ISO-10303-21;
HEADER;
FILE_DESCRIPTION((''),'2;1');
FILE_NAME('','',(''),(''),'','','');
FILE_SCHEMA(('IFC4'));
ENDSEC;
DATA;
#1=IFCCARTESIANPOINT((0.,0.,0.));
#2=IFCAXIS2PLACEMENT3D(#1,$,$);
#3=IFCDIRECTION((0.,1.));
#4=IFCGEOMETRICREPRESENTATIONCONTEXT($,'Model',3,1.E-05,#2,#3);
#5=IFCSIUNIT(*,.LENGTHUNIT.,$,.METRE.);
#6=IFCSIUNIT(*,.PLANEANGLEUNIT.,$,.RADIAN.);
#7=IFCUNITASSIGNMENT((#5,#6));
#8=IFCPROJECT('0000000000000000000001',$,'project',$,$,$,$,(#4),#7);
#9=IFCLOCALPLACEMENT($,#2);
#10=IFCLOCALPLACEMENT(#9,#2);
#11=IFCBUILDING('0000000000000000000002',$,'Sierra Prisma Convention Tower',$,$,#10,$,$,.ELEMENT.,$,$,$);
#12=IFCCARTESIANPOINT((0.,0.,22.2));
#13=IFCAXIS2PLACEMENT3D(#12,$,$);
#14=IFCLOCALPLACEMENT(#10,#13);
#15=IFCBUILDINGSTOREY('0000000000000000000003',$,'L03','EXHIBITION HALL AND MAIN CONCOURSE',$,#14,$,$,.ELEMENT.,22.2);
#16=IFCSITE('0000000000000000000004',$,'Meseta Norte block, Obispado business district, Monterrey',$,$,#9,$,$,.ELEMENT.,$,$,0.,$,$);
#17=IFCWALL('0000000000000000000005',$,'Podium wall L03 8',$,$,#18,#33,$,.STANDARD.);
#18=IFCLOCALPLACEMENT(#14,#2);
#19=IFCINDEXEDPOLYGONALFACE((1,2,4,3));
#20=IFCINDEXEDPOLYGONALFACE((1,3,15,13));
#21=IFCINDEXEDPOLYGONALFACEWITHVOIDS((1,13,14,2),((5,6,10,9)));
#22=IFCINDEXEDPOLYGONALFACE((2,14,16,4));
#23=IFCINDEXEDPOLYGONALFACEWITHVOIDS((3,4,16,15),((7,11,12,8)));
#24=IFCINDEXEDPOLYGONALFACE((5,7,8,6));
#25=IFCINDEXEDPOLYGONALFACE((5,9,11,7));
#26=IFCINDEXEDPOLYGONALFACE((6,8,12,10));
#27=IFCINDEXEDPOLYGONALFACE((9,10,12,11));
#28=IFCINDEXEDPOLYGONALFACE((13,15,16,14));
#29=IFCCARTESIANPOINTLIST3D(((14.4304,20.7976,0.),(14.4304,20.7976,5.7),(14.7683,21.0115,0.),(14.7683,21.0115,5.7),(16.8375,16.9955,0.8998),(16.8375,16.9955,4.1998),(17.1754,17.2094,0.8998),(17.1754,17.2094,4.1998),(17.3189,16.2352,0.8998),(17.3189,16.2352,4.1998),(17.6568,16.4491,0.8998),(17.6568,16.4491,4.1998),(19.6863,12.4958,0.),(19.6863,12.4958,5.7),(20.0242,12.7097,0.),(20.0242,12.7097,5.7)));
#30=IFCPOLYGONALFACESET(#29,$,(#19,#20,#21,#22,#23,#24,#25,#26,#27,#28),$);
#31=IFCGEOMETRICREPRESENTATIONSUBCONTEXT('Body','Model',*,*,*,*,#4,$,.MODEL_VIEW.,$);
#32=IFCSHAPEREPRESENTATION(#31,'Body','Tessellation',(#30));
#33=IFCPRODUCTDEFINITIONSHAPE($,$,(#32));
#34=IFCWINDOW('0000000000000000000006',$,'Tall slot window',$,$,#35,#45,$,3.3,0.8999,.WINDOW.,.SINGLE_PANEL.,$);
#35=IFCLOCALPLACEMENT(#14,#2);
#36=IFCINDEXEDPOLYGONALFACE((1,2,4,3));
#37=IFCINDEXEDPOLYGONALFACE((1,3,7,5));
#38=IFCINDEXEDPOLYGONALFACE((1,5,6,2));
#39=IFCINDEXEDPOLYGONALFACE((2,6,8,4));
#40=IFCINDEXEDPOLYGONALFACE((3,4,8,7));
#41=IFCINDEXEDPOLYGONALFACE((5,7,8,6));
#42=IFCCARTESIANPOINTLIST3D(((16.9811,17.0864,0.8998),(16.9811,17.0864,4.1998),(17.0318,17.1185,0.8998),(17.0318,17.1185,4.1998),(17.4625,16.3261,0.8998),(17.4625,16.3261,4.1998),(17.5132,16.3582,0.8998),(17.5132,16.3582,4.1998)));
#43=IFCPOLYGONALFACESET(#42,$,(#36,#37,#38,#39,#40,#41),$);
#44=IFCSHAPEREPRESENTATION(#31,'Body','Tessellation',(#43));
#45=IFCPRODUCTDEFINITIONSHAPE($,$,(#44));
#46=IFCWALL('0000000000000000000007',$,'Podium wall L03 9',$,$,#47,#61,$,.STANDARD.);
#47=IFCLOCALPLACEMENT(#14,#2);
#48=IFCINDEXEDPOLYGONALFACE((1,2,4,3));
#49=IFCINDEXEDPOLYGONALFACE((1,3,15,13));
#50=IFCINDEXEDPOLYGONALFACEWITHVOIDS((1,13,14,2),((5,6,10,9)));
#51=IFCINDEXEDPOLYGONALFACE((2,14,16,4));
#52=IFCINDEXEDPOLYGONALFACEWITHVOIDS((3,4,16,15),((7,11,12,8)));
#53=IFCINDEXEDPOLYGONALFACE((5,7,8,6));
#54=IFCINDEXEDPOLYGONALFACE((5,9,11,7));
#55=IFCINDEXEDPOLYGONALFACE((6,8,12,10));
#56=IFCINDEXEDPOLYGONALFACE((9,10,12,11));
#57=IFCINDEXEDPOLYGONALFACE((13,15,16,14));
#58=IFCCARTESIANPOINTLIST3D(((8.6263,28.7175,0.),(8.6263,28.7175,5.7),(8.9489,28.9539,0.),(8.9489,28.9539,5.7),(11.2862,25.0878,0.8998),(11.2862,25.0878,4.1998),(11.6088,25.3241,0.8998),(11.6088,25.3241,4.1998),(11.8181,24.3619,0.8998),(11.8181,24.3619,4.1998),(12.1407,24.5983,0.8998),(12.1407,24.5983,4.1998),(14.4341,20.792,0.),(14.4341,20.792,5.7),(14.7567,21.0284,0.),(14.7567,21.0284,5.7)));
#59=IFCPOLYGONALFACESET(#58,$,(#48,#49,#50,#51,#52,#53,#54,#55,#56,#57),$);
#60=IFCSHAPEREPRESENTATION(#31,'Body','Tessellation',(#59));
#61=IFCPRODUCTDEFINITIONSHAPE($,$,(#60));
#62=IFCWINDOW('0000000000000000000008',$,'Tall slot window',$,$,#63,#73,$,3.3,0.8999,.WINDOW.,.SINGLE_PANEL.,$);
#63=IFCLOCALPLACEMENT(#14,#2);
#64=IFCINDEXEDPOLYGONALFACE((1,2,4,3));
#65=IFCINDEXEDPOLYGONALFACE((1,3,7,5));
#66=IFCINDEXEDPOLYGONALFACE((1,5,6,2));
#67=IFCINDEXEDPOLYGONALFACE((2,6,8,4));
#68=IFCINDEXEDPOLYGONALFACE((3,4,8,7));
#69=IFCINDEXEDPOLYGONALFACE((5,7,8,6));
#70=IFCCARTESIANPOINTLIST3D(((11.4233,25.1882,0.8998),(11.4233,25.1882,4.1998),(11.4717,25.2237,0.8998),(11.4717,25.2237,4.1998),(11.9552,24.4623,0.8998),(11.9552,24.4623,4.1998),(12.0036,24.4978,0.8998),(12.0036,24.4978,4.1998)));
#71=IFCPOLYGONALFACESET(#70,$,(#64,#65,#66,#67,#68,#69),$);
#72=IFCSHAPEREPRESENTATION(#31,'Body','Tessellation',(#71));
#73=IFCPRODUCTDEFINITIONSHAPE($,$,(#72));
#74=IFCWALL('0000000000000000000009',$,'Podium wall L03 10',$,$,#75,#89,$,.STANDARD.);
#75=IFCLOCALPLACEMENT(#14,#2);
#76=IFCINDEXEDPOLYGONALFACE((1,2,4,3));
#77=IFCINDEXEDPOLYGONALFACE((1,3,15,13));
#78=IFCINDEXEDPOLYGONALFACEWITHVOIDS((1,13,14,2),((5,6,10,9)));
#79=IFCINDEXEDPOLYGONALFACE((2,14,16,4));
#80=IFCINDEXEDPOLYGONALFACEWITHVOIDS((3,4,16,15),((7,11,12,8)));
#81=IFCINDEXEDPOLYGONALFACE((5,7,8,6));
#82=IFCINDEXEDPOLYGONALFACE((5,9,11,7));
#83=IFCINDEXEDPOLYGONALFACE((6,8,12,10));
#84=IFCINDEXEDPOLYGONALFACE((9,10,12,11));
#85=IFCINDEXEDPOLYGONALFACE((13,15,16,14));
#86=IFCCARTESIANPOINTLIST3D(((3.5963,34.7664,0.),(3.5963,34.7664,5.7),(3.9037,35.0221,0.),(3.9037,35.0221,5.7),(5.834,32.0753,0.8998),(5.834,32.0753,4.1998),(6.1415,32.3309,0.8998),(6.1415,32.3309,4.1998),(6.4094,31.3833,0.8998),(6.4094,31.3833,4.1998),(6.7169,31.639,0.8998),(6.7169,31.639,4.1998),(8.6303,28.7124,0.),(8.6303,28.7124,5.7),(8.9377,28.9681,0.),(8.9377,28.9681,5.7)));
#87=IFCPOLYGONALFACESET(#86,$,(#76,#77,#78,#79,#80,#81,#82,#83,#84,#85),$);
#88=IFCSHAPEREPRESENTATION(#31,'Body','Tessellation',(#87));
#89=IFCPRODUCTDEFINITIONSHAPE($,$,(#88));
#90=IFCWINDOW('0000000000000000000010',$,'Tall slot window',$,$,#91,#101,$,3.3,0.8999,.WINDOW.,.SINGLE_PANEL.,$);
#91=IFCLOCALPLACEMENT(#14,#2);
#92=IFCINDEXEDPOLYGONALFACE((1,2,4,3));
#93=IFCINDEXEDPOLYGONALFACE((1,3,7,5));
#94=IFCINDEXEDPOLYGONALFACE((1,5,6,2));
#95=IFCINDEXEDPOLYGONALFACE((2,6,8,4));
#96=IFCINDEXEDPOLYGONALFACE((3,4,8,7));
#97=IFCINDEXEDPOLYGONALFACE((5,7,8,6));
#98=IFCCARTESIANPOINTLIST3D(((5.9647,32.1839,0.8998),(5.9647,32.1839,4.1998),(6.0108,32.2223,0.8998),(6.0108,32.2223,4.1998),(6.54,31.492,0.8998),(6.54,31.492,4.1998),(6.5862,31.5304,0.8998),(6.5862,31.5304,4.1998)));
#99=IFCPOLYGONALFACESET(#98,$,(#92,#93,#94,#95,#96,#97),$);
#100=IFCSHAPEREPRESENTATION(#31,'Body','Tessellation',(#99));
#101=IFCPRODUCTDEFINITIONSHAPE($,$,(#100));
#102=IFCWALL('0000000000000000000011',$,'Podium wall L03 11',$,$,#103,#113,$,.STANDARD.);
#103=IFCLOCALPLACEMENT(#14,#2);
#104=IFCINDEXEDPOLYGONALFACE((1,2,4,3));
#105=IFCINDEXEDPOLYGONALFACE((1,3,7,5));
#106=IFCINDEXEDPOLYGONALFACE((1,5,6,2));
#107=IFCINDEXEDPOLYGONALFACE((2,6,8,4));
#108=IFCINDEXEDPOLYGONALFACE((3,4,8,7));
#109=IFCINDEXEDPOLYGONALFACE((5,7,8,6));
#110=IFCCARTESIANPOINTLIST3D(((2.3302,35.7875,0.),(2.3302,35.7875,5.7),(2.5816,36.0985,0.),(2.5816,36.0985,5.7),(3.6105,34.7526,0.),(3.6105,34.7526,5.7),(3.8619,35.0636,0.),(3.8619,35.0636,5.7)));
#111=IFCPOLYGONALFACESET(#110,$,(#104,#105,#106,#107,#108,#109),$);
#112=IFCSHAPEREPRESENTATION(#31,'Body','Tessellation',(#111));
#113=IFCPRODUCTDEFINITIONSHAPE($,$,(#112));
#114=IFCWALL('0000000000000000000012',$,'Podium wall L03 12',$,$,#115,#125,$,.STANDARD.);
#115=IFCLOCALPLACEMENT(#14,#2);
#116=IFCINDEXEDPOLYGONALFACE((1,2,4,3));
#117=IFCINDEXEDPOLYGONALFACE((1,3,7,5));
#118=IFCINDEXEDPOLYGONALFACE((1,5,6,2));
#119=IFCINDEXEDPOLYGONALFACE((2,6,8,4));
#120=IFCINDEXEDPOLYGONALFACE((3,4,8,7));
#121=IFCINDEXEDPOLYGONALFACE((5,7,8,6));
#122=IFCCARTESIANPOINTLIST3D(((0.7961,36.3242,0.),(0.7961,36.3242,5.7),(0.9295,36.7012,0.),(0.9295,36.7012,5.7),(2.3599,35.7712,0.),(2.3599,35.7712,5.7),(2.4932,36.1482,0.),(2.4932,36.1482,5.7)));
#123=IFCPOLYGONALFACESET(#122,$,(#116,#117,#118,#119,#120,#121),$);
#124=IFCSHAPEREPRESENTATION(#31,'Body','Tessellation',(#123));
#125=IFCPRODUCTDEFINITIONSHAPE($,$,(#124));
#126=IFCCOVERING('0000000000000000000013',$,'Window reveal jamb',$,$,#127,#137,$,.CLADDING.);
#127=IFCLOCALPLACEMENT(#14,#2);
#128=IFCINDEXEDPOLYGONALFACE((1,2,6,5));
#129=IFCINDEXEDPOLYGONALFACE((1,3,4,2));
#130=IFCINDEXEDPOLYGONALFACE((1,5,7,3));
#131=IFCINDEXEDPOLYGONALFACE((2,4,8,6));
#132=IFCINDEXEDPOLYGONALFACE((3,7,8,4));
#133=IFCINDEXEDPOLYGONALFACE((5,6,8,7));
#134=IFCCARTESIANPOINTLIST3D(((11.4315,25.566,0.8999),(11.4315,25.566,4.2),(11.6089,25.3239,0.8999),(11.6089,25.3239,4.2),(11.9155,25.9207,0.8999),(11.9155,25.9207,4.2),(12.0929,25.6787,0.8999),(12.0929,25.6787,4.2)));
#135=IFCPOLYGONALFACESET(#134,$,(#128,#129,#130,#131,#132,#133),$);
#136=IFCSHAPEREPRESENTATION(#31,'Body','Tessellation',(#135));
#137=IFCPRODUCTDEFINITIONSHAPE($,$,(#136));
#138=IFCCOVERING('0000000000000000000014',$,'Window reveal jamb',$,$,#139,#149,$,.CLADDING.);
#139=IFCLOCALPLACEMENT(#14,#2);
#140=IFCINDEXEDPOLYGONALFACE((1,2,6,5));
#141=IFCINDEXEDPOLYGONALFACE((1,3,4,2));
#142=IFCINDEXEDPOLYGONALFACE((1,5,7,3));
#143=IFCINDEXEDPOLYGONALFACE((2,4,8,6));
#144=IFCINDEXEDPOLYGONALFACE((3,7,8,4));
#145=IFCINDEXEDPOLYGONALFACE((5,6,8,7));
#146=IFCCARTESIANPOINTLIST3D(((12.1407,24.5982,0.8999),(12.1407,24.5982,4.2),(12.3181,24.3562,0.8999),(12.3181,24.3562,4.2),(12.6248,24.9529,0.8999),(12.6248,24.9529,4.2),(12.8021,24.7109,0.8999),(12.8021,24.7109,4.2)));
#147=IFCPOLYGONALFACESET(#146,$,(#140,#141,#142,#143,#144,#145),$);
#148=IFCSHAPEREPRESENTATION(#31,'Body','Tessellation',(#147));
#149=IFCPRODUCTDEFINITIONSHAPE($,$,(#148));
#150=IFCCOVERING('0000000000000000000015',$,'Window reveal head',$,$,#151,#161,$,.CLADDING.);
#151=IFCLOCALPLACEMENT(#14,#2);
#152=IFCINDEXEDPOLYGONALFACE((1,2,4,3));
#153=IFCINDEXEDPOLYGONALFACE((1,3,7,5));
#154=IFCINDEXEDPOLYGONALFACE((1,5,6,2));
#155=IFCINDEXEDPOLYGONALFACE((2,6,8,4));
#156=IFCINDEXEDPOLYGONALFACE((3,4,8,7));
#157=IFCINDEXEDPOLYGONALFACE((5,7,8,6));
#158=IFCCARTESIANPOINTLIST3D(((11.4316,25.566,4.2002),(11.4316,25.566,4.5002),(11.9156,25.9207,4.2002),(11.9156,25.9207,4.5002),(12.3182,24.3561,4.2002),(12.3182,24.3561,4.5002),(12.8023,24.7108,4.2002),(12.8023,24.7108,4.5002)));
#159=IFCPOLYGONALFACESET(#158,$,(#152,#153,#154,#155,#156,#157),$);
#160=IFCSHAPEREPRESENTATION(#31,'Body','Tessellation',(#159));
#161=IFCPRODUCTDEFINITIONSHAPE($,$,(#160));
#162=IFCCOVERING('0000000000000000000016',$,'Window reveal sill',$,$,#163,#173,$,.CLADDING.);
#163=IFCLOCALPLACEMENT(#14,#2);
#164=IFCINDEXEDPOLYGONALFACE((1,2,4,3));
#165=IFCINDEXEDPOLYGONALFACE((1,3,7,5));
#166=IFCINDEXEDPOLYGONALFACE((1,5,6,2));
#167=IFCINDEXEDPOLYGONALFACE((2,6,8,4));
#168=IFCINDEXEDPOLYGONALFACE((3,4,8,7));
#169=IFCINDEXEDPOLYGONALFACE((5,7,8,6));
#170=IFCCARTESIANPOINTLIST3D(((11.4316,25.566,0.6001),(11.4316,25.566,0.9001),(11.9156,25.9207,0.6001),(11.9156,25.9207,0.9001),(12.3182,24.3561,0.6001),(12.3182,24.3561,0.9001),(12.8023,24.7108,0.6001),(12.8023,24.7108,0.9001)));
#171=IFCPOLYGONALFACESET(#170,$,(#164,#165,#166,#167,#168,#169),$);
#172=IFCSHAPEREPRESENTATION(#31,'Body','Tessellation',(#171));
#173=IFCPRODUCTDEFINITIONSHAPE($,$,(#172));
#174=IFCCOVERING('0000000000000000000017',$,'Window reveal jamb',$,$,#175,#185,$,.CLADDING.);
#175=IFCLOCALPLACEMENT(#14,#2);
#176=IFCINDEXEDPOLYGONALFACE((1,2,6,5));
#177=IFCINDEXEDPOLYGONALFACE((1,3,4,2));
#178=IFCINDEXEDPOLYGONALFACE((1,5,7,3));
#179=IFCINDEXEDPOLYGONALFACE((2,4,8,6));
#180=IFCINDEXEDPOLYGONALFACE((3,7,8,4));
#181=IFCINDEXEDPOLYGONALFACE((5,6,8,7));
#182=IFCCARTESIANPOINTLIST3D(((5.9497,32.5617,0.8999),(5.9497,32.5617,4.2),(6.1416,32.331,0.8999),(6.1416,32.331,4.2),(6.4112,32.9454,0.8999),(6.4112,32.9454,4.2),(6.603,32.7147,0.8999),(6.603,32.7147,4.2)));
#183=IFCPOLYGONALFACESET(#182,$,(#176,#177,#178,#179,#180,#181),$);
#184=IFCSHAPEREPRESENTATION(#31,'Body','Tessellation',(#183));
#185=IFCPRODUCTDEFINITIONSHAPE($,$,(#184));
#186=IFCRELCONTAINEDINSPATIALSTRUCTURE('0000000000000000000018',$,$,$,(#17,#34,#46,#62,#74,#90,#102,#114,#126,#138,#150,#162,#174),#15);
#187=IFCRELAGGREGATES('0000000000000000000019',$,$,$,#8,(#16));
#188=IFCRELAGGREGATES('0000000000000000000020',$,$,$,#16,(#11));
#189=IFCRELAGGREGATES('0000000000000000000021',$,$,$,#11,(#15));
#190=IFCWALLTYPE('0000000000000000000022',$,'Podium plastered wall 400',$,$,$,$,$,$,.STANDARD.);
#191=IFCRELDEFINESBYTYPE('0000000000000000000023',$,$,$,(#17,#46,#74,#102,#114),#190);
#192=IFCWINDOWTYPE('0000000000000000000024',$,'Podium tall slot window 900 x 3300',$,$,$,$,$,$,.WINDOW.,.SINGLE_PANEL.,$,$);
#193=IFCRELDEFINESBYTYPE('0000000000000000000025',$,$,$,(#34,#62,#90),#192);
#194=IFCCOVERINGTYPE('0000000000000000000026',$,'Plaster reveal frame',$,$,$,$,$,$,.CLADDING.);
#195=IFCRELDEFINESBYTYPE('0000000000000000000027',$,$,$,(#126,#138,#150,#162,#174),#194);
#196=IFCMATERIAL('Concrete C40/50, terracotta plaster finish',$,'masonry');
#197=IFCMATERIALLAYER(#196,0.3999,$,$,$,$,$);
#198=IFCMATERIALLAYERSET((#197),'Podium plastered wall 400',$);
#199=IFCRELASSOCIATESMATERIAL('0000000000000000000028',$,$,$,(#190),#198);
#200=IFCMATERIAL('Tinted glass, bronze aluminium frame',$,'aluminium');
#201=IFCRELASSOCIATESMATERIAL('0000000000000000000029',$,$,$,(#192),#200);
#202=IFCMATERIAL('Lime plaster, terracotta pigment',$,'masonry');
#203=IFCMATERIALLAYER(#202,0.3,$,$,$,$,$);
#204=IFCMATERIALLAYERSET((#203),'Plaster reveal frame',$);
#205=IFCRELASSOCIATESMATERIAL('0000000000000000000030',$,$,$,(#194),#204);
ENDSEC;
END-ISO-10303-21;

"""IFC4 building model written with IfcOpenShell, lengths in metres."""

from ifc_helpers import new_model, si_unit, direction, frame, frame_2d, origin, origin_2d, place, context, subcontext, project, spatial, rectangle, extrude, material, layer, layer_set, type_object, element, fill, save


model = new_model("IFC4")

# Units and contexts
model_context = context("Model", 3, precision=1e-05, world=origin(), true_north=direction((0.0, 1.0)))
body_context = subcontext(model_context, "Body", "Model", "MODEL_VIEW")
ifc_project = project(units=[si_unit("LENGTHUNIT", "METRE"), si_unit("PLANEANGLEUNIT", "RADIAN")], contexts=[model_context])

# Site, building, storey
site_placement = place(None, origin())
site = spatial("IfcSite", under=ifc_project, at=site_placement, Name="Meseta Norte block, Obispado business district, Monterrey", CompositionType="ELEMENT", RefElevation=0.0)
building_placement = place(site_placement, origin())
building = spatial("IfcBuilding", under=site, at=building_placement, Name="Sierra Prisma Convention Tower", CompositionType="ELEMENT")
storey_placement = place(building_placement, frame((0.0, 0.0, 22.2)))
storey = spatial("IfcBuildingStorey", under=building, at=storey_placement, Name="L03", Description="EXHIBITION HALL AND MAIN CONCOURSE", CompositionType="ELEMENT", Elevation=22.2)

# Walls, openings, windows
ifc_material_1 = material(Name="Concrete C40/50, terracotta plaster finish", Category="masonry")
ifc_layer_1 = layer(ifc_material_1, 0.3999)
ifc_layer_set_1 = layer_set([ifc_layer_1], Name="Podium plastered wall 400")
wall_type_1 = type_object("IfcWallType", Name="Podium plastered wall 400", PredefinedType="STANDARD", material=ifc_layer_set_1)
wall_1_placement = place(storey_placement, frame((14.5994, 20.9045, 0.0), z_axis=(0.0, 0.0, 1.0), x_axis=(0.534913, -0.844907, 0.0)))
wall_1 = element("IfcWall", 1, at=wall_1_placement, inside=storey, type_object=wall_type_1, Name="Podium wall L03 8", PredefinedType="STANDARD", context=body_context, shape_type="SweptSolid", body=[
    extrude(rectangle(XDim=9.8257, YDim=0.3999, at=frame_2d((4.9128, 0.0))), origin(), (0.0, 0.0, 1.0), 5.7),
])
opening_1_placement = place(wall_1_placement, frame((4.5, 0.0, 0.8999)))
opening_1 = element("IfcOpeningElement", 2, at=opening_1_placement, cuts=wall_1, PredefinedType="OPENING", context=body_context, shape_type="SweptSolid", body=[
    extrude(rectangle(XDim=0.8999, YDim=3.3, at=frame_2d((0.45, 1.6499))), frame((0.0, 0.2, 0.0), z_axis=(0.0, -1.0, 0.0), x_axis=(1.0, 0.0, 0.0)), (0.0, 0.0, 1.0), 0.3999),
])
ifc_material_2 = material(Name="Tinted glass, bronze aluminium frame", Category="aluminium")
window_type = type_object("IfcWindowType", Name="Podium tall slot window 900 x 3300", PartitioningType="SINGLE_PANEL", PredefinedType="WINDOW", material=ifc_material_2)
window_1_placement = place(opening_1_placement, origin())
window_1 = element("IfcWindow", 3, at=window_1_placement, inside=storey, type_object=window_type, Name="Tall slot window", OverallHeight=3.3, OverallWidth=0.8999, PartitioningType="SINGLE_PANEL", PredefinedType="WINDOW", context=body_context, shape_type="SweptSolid", body=[
    extrude(rectangle(XDim=0.8999, YDim=3.3, at=frame_2d((0.45, 1.6499))), frame((0.0, 0.03, 0.0), z_axis=(0.0, -1.0, 0.0), x_axis=(1.0, 0.0, 0.0)), (0.0, 0.0, 1.0), 0.0601),
])
fill(opening_1, window_1)
wall_2_placement = place(storey_placement, frame((8.7876, 28.8357, 0.0), z_axis=(0.0, 0.0, 1.0), x_axis=(0.591086, -0.806609, 0.0)))
wall_2 = element("IfcWall", 4, at=wall_2_placement, inside=storey, type_object=wall_type_1, Name="Podium wall L03 9", PredefinedType="STANDARD", context=body_context, shape_type="SweptSolid", body=[
    extrude(rectangle(XDim=9.8257, YDim=0.3999, at=frame_2d((4.9128, 0.0))), origin(), (0.0, 0.0, 1.0), 5.7),
])
opening_2_placement = place(wall_2_placement, frame((4.5, 0.0, 0.8999)))
opening_2 = element("IfcOpeningElement", 5, at=opening_2_placement, cuts=wall_2, PredefinedType="OPENING", context=body_context, shape_type="SweptSolid", body=[
    extrude(rectangle(XDim=0.8999, YDim=3.3, at=frame_2d((0.45, 1.6499))), frame((0.0, 0.2, 0.0), z_axis=(0.0, -1.0, 0.0), x_axis=(1.0, 0.0, 0.0)), (0.0, 0.0, 1.0), 0.3999),
])
window_2_placement = place(opening_2_placement, origin())
window_2 = element("IfcWindow", 6, at=window_2_placement, inside=storey, type_object=window_type, Name="Tall slot window", OverallHeight=3.3, OverallWidth=0.8999, PartitioningType="SINGLE_PANEL", PredefinedType="WINDOW", context=body_context, shape_type="SweptSolid", body=[
    extrude(rectangle(XDim=0.8999, YDim=3.3, at=frame_2d((0.45, 1.6499))), frame((0.0, 0.03, 0.0), z_axis=(0.0, -1.0, 0.0), x_axis=(1.0, 0.0, 0.0)), (0.0, 0.0, 1.0), 0.0601),
])
fill(opening_2, window_2)
wall_3_placement = place(storey_placement, frame((3.75, 34.8943, 0.0), z_axis=(0.0, 0.0, 1.0), x_axis=(0.639357, -0.76891, 0.0)))
wall_3 = element("IfcWall", 7, at=wall_3_placement, inside=storey, type_object=wall_type_1, Name="Podium wall L03 10", PredefinedType="STANDARD", context=body_context, shape_type="SweptSolid", body=[
    extrude(rectangle(XDim=7.8735, YDim=0.3999, at=frame_2d((3.9368, 0.0))), origin(), (0.0, 0.0, 1.0), 5.7),
])
opening_3_placement = place(wall_3_placement, frame((3.5, 0.0, 0.8999)))
opening_3 = element("IfcOpeningElement", 8, at=opening_3_placement, cuts=wall_3, PredefinedType="OPENING", context=body_context, shape_type="SweptSolid", body=[
    extrude(rectangle(XDim=0.8999, YDim=3.3, at=frame_2d((0.45, 1.6499))), frame((0.0, 0.2, 0.0), z_axis=(0.0, -1.0, 0.0), x_axis=(1.0, 0.0, 0.0)), (0.0, 0.0, 1.0), 0.3999),
])
window_3_placement = place(opening_3_placement, origin())
window_3 = element("IfcWindow", 9, at=window_3_placement, inside=storey, type_object=window_type, Name="Tall slot window", OverallHeight=3.3, OverallWidth=0.8999, PartitioningType="SINGLE_PANEL", PredefinedType="WINDOW", context=body_context, shape_type="SweptSolid", body=[
    extrude(rectangle(XDim=0.8999, YDim=3.3, at=frame_2d((0.45, 1.6499))), frame((0.0, 0.03, 0.0), z_axis=(0.0, -1.0, 0.0), x_axis=(1.0, 0.0, 0.0)), (0.0, 0.0, 1.0), 0.0601),
])
fill(opening_3, window_3)

# Walls
wall_4_placement = place(storey_placement, frame((2.4558, 35.9431, 0.0), z_axis=(0.0, 0.0, 1.0), x_axis=(0.77769, -0.628648, 0.0)))
element("IfcWall", 10, at=wall_4_placement, inside=storey, type_object=wall_type_1, Name="Podium wall L03 11", PredefinedType="STANDARD", context=body_context, shape_type="SweptSolid", body=[
    extrude(rectangle(XDim=1.6462, YDim=0.3999, at=frame_2d((0.8232, 0.0))), origin(), (0.0, 0.0, 1.0), 5.7),
])
wall_5_placement = place(storey_placement, frame((0.8628, 36.5127, 0.0), z_axis=(0.0, 0.0, 1.0), x_axis=(0.942786, -0.333398, 0.0)))
element("IfcWall", 11, at=wall_5_placement, inside=storey, type_object=wall_type_1, Name="Podium wall L03 12", PredefinedType="STANDARD", context=body_context, shape_type="SweptSolid", body=[
    extrude(rectangle(XDim=1.6587, YDim=0.3999, at=frame_2d((0.8293, 0.0))), origin(), (0.0, 0.0, 1.0), 5.7),
])

# Coverings
ifc_material_3 = material(Name="Lime plaster, terracotta pigment", Category="masonry")
ifc_layer_2 = layer(ifc_material_3, 0.3)
ifc_layer_set_2 = layer_set([ifc_layer_2], Name="Plaster reveal frame")
covering_type = type_object("IfcCoveringType", Name="Plaster reveal frame", PredefinedType="CLADDING", material=ifc_layer_set_2)
for number, where, z_axis, x_axis, name in (
    (12, (11.7622, 25.6223, 0.8999), (0.0, 0.0, 1.0), (0.591099, -0.806599, 0.0), "Window reveal jamb"),
    (13, (12.4714, 24.6545, 0.8999), (0.0, 0.0, 1.0), (0.591099, -0.806599, 0.0), "Window reveal jamb"),
):
    element("IfcCovering", number, at=place(storey_placement, frame(where, z_axis=z_axis, x_axis=x_axis)), inside=storey, type_object=covering_type, Name=name, PredefinedType="CLADDING", context=body_context, shape_type="SweptSolid", body=[
        extrude(rectangle(XDim=0.3, YDim=0.6001, at=origin_2d()), origin(), (0.0, 0.0, 1.0), 3.3),
    ])
for number, where, z_axis, x_axis, name in (
    (14, (12.1169, 25.1384, 4.2002), (0.0, 0.0, 1.0), (0.591099, -0.806599, 0.0), "Window reveal head"),
    (15, (12.1169, 25.1384, 0.6001), (0.0, 0.0, 1.0), (0.591099, -0.806599, 0.0), "Window reveal sill"),
):
    element("IfcCovering", number, at=place(storey_placement, frame(where, z_axis=z_axis, x_axis=x_axis)), inside=storey, type_object=covering_type, Name=name, PredefinedType="CLADDING", context=body_context, shape_type="SweptSolid", body=[
        extrude(rectangle(XDim=1.5, YDim=0.6001, at=origin_2d()), origin(), (0.0, 0.0, 1.0), 0.3),
    ])
for number, where, z_axis, x_axis, name in (
    (16, (6.2764, 32.6382, 0.8999), (0.0, 0.0, 1.0), (0.639358, -0.768909, 0.0), "Window reveal jamb"),
):
    element("IfcCovering", number, at=place(storey_placement, frame(where, z_axis=z_axis, x_axis=x_axis)), inside=storey, type_object=covering_type, Name=name, PredefinedType="CLADDING", context=body_context, shape_type="SweptSolid", body=[
        extrude(rectangle(XDim=0.3, YDim=0.6001, at=origin_2d()), origin(), (0.0, 0.0, 1.0), 3.3),
    ])

save(model, "model.ifc")
